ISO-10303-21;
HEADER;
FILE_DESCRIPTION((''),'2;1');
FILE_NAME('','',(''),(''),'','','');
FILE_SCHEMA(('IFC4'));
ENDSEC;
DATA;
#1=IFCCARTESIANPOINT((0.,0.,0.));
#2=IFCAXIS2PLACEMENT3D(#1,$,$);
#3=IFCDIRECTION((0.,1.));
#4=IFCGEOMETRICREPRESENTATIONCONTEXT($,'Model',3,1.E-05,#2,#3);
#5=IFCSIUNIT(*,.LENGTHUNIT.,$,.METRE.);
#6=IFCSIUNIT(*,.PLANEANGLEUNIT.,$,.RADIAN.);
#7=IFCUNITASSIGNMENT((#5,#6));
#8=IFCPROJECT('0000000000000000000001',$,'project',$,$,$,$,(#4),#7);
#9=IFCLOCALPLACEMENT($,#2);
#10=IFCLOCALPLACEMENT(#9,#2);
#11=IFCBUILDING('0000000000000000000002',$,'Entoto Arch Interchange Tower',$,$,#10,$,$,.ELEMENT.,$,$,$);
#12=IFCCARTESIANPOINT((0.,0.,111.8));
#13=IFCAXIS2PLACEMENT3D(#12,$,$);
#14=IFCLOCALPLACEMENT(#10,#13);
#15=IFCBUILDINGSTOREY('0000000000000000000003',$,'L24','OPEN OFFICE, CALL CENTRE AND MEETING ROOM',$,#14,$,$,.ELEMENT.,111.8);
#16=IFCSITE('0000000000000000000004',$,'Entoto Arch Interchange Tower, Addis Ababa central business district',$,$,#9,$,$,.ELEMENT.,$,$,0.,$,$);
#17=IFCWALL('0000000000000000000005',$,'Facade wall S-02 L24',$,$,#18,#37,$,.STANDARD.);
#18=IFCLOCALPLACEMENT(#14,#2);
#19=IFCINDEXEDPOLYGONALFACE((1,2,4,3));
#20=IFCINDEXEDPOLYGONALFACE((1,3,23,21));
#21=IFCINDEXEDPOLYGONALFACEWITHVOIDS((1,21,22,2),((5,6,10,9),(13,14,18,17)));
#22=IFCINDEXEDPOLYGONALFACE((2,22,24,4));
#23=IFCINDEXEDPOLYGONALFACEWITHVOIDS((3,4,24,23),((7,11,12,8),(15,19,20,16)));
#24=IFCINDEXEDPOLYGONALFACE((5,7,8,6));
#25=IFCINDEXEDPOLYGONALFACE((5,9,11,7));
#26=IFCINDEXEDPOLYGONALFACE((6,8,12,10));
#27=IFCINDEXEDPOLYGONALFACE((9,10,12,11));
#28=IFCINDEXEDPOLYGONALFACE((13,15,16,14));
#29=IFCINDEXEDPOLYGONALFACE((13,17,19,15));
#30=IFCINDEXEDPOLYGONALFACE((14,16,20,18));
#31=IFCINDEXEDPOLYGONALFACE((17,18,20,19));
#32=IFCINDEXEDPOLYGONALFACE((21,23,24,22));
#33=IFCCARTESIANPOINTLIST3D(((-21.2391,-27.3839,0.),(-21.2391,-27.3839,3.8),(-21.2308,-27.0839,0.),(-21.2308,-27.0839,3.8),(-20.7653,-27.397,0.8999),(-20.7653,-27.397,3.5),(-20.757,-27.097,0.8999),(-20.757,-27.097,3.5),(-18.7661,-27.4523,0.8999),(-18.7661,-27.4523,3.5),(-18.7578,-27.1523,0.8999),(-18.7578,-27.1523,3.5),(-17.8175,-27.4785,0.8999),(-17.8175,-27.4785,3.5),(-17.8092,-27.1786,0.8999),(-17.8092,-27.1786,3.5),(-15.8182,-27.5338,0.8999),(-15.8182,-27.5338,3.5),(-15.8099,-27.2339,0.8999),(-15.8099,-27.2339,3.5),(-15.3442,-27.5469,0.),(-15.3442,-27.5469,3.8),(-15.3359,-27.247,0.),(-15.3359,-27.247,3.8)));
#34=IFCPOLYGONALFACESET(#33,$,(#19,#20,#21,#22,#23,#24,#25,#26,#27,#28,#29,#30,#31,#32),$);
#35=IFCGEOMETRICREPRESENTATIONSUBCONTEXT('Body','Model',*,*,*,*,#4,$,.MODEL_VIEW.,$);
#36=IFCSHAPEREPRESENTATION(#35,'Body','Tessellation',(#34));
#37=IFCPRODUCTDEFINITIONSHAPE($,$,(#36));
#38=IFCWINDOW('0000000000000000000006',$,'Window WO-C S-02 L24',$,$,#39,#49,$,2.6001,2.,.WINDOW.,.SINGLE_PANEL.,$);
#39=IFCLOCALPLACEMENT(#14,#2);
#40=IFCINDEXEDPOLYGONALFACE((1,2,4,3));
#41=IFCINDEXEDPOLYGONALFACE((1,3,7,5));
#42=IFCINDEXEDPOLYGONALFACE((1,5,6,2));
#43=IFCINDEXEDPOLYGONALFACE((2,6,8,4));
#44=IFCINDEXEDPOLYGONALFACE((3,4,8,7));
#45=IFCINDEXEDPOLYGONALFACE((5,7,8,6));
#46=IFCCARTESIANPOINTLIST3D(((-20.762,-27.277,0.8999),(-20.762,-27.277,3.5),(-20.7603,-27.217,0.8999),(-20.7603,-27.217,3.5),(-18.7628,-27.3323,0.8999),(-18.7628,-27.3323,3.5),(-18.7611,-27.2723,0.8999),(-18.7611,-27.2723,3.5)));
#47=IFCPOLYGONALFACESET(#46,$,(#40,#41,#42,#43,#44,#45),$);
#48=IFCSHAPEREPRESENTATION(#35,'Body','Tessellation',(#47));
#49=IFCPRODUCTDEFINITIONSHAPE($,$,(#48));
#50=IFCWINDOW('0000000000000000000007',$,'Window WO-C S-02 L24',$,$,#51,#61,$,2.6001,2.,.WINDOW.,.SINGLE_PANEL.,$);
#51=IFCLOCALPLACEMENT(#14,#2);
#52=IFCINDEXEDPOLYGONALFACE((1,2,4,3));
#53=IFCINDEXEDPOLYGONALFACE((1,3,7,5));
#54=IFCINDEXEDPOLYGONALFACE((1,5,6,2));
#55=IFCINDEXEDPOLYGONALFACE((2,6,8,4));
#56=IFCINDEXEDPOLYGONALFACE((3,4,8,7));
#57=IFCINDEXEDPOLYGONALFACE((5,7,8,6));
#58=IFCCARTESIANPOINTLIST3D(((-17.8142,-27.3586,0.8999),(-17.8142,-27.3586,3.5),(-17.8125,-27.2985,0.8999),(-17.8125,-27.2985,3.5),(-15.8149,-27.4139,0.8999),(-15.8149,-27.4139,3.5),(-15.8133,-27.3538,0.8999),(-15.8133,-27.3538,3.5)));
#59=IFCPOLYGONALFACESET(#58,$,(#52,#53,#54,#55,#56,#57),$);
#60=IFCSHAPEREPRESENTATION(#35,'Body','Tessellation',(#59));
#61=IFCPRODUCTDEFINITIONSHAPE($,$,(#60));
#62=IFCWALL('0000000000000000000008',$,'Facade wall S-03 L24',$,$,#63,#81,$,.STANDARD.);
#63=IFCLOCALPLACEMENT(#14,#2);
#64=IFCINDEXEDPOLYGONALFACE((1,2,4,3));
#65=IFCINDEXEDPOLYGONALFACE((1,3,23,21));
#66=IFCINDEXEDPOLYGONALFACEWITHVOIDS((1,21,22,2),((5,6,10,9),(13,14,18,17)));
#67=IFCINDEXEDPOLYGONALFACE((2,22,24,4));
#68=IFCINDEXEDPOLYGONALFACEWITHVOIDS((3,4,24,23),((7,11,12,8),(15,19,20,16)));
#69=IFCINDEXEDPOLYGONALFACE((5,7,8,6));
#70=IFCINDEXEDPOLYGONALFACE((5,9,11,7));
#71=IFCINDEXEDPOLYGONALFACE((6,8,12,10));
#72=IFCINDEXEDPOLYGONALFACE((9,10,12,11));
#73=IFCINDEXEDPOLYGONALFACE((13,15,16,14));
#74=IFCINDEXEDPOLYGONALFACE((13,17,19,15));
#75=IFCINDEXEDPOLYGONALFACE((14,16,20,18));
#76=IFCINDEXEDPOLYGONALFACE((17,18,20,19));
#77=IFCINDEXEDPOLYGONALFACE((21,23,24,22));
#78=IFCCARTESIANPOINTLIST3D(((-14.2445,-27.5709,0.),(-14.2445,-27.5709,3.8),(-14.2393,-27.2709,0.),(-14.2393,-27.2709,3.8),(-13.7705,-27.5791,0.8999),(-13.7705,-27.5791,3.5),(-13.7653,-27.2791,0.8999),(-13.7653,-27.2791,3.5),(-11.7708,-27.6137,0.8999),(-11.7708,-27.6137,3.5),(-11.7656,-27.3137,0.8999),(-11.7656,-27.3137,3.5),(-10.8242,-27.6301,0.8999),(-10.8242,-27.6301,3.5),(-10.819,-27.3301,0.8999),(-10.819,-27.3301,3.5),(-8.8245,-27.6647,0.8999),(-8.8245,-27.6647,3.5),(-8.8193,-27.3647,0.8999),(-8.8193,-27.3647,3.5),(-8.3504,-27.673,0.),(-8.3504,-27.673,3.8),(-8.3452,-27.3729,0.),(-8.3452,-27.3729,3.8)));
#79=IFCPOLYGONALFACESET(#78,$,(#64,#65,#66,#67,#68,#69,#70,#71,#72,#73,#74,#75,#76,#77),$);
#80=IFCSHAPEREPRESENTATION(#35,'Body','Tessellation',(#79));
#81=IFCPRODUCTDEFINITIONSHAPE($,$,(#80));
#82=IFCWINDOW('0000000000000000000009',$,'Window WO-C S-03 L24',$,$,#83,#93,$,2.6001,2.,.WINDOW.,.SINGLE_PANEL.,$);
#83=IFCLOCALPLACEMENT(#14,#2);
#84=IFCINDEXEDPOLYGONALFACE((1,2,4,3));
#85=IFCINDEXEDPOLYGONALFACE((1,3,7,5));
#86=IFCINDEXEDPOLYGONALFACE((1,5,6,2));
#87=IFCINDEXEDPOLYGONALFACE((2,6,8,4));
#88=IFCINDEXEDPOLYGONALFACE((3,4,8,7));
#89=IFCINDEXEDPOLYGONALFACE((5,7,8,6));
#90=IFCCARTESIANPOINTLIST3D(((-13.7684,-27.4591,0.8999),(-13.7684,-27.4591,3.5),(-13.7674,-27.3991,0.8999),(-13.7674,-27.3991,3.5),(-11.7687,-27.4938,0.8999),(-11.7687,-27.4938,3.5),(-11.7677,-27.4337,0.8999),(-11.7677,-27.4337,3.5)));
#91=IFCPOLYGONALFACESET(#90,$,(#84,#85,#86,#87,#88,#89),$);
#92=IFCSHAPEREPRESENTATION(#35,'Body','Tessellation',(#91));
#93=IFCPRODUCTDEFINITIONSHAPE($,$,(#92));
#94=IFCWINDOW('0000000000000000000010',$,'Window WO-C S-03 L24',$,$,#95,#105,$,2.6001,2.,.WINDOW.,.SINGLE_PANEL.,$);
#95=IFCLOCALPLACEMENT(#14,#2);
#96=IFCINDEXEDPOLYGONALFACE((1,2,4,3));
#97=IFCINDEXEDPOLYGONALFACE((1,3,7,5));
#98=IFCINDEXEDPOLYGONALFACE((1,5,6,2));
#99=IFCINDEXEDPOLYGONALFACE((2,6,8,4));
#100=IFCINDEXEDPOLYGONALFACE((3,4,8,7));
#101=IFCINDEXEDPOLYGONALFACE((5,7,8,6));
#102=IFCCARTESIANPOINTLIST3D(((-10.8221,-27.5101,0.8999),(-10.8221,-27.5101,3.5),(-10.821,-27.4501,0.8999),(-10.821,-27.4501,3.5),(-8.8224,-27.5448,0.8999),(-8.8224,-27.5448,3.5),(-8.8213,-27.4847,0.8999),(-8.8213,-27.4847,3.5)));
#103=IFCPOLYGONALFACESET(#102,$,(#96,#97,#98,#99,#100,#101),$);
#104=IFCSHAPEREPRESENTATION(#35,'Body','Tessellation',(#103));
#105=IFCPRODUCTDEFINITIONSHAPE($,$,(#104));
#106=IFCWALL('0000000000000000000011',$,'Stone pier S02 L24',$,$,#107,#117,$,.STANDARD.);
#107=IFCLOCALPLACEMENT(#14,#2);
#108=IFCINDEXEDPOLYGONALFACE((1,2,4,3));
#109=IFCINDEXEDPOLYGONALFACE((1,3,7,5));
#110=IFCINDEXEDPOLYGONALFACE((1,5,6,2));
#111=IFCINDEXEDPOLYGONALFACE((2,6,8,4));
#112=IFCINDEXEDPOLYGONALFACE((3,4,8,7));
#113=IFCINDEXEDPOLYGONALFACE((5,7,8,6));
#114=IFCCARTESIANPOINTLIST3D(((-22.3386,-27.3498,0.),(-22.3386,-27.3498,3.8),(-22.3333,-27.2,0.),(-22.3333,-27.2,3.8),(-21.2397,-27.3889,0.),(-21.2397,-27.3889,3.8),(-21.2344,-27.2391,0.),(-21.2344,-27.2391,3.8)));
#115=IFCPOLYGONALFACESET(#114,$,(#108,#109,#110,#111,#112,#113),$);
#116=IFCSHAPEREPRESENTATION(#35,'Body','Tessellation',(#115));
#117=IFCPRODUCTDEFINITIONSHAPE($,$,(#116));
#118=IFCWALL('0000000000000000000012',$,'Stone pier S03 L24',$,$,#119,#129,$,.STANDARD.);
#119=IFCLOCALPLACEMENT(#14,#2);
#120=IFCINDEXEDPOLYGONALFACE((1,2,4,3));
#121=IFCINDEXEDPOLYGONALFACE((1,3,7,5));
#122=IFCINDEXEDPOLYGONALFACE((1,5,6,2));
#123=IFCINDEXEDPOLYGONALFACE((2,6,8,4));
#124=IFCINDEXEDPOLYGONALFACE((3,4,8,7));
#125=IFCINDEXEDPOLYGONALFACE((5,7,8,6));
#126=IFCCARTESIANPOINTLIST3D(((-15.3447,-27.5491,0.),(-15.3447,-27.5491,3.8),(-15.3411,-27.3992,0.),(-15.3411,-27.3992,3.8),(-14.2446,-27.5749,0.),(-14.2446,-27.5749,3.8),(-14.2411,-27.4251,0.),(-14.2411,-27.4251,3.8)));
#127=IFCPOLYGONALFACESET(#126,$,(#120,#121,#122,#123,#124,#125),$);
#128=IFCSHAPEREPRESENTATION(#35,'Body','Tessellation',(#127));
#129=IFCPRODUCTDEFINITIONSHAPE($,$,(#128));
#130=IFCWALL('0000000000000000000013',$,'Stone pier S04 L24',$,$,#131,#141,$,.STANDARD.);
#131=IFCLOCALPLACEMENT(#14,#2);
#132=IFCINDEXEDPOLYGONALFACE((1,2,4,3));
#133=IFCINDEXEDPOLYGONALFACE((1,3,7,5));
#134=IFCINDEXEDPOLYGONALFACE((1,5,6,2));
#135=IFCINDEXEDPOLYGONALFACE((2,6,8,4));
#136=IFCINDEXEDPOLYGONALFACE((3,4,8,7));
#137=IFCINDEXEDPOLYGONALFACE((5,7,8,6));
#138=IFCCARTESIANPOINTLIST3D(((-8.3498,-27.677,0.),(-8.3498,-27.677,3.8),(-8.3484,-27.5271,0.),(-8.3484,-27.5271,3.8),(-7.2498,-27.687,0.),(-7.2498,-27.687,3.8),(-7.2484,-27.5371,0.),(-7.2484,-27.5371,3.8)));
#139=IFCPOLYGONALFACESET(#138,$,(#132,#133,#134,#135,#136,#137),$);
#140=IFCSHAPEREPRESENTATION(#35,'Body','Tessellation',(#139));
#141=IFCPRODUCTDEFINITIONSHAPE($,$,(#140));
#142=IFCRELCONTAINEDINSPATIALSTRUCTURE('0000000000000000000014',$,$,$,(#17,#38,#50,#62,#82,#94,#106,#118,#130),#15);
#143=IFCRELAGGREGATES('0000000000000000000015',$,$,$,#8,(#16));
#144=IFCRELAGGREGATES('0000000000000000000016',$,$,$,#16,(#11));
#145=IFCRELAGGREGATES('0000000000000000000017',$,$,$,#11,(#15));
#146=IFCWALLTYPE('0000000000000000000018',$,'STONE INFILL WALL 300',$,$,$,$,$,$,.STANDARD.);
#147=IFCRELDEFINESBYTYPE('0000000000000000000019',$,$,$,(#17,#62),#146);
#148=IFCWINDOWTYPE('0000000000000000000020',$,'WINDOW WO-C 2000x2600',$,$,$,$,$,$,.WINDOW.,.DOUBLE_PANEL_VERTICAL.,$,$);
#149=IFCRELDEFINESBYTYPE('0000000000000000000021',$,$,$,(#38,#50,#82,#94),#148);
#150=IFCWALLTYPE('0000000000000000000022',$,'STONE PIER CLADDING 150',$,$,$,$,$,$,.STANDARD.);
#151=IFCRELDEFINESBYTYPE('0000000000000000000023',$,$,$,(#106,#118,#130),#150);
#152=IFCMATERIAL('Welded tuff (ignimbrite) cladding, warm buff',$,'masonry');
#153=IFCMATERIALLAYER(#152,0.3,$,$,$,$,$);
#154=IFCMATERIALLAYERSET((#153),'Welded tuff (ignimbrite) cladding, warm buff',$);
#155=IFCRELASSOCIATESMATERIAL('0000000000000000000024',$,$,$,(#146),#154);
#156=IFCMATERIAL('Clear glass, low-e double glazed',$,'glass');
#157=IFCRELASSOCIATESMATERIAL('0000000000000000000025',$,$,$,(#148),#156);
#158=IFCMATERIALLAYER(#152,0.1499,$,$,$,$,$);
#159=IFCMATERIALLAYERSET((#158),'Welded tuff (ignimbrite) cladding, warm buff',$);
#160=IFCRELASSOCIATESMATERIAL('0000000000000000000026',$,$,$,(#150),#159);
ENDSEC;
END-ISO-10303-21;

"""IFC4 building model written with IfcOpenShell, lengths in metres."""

from ifc_helpers import new_model, si_unit, direction, frame, frame_2d, origin, place, context, subcontext, project, spatial, rectangle, extrude, material, layer, layer_set, type_object, element, fill, save


model = new_model("IFC4")

# Units and contexts
model_context = context("Model", 3, precision=1e-05, world=origin(), true_north=direction((0.0, 1.0)))
body_context = subcontext(model_context, "Body", "Model", "MODEL_VIEW")
ifc_project = project(units=[si_unit("LENGTHUNIT", "METRE"), si_unit("PLANEANGLEUNIT", "RADIAN")], contexts=[model_context])

# Site, building, storey
site_placement = place(None, origin())
site = spatial("IfcSite", under=ifc_project, at=site_placement, Name="Entoto Arch Interchange Tower, Addis Ababa central business district", CompositionType="ELEMENT", RefElevation=0.0)
building_placement = place(site_placement, origin())
building = spatial("IfcBuilding", under=site, at=building_placement, Name="Entoto Arch Interchange Tower", CompositionType="ELEMENT")
storey_placement = place(building_placement, frame((0.0, 0.0, 111.8)))
storey = spatial("IfcBuildingStorey", under=building, at=storey_placement, Name="L24", Description="OPEN OFFICE, CALL CENTRE AND MEETING ROOM", CompositionType="ELEMENT", Elevation=111.8)

# Walls, openings, windows
ifc_material_1 = material(Name="Welded tuff (ignimbrite) cladding, warm buff", Category="masonry")
ifc_layer_1 = layer(ifc_material_1, 0.3)
ifc_layer_set_1 = layer_set([ifc_layer_1], Name="Welded tuff (ignimbrite) cladding, warm buff")
wall_type_1 = type_object("IfcWallType", Name="STONE INFILL WALL 300", PredefinedType="STANDARD", material=ifc_layer_set_1)
wall_1_placement = place(storey_placement, frame((-21.2351, -27.2339, 0.0), z_axis=(0.0, 0.0, 1.0), x_axis=(0.999618, -0.027654, 0.0)))
wall_1 = element("IfcWall", 1, at=wall_1_placement, inside=storey, type_object=wall_type_1, Name="Facade wall S-02 L24", PredefinedType="STANDARD", context=body_context, shape_type="SweptSolid", body=[
    extrude(rectangle(XDim=5.8972, YDim=0.3, at=frame_2d((2.9487, 0.0))), origin(), (0.0, 0.0, 1.0), 3.8),
])
opening_1_placement = place(wall_1_placement, frame((0.4741, 0.0, 0.8999)))
opening_1 = element("IfcOpeningElement", 2, at=opening_1_placement, cuts=wall_1, PredefinedType="OPENING", context=body_context, shape_type="SweptSolid", body=[
    extrude(rectangle(XDim=2.0, YDim=2.6001, at=frame_2d((1.0, 1.3))), frame((0.0, 0.1602, 0.0), z_axis=(0.0, -1.0, 0.0), x_axis=(1.0, 0.0, 0.0)), (0.0, 0.0, 1.0), 0.3201),
])
opening_2_placement = place(wall_1_placement, frame((3.4231, 0.0, 0.8999)))
opening_2 = element("IfcOpeningElement", 3, at=opening_2_placement, cuts=wall_1, PredefinedType="OPENING", context=body_context, shape_type="SweptSolid", body=[
    extrude(rectangle(XDim=2.0, YDim=2.6001, at=frame_2d((1.0, 1.3))), frame((0.0, 0.1602, 0.0), z_axis=(0.0, -1.0, 0.0), x_axis=(1.0, 0.0, 0.0)), (0.0, 0.0, 1.0), 0.3201),
])
ifc_material_2 = material(Name="Clear glass, low-e double glazed", Category="glass")
window_type = type_object("IfcWindowType", Name="WINDOW WO-C 2000x2600", PartitioningType="DOUBLE_PANEL_VERTICAL", PredefinedType="WINDOW", material=ifc_material_2)
window_1_placement = place(opening_1_placement, origin())
window_1 = element("IfcWindow", 4, at=window_1_placement, inside=storey, type_object=window_type, Name="Window WO-C S-02 L24", OverallHeight=2.6001, OverallWidth=2.0, PartitioningType="SINGLE_PANEL", PredefinedType="WINDOW", context=body_context, shape_type="SweptSolid", body=[
    extrude(rectangle(XDim=2.0, YDim=2.6001, at=frame_2d((1.0, 1.3))), frame((0.0, 0.03, 0.0), z_axis=(0.0, -1.0, 0.0), x_axis=(1.0, 0.0, 0.0)), (0.0, 0.0, 1.0), 0.0601),
])
fill(opening_1, window_1)
window_2_placement = place(opening_2_placement, origin())
window_2 = element("IfcWindow", 5, at=window_2_placement, inside=storey, type_object=window_type, Name="Window WO-C S-02 L24", OverallHeight=2.6001, OverallWidth=2.0, PartitioningType="SINGLE_PANEL", PredefinedType="WINDOW", context=body_context, shape_type="SweptSolid", body=[
    extrude(rectangle(XDim=2.0, YDim=2.6001, at=frame_2d((1.0, 1.3))), frame((0.0, 0.03, 0.0), z_axis=(0.0, -1.0, 0.0), x_axis=(1.0, 0.0, 0.0)), (0.0, 0.0, 1.0), 0.0601),
])
fill(opening_2, window_2)
wall_2_placement = place(storey_placement, frame((-14.2419, -27.4209, 0.0), z_axis=(0.0, 0.0, 1.0), x_axis=(0.99985, -0.017312, 0.0)))
wall_2 = element("IfcWall", 6, at=wall_2_placement, inside=storey, type_object=wall_type_1, Name="Facade wall S-03 L24", PredefinedType="STANDARD", context=body_context, shape_type="SweptSolid", body=[
    extrude(rectangle(XDim=5.895, YDim=0.3, at=frame_2d((2.9475, 0.0))), origin(), (0.0, 0.0, 1.0), 3.8),
])
opening_3_placement = place(wall_2_placement, frame((0.4741, 0.0, 0.8999)))
opening_3 = element("IfcOpeningElement", 7, at=opening_3_placement, cuts=wall_2, PredefinedType="OPENING", context=body_context, shape_type="SweptSolid", body=[
    extrude(rectangle(XDim=2.0, YDim=2.6001, at=frame_2d((1.0, 1.3))), frame((0.0, 0.1602, 0.0), z_axis=(0.0, -1.0, 0.0), x_axis=(1.0, 0.0, 0.0)), (0.0, 0.0, 1.0), 0.3201),
])
opening_4_placement = place(wall_2_placement, frame((3.4209, 0.0, 0.8999)))
opening_4 = element("IfcOpeningElement", 8, at=opening_4_placement, cuts=wall_2, PredefinedType="OPENING", context=body_context, shape_type="SweptSolid", body=[
    extrude(rectangle(XDim=2.0, YDim=2.6001, at=frame_2d((1.0, 1.3))), frame((0.0, 0.1602, 0.0), z_axis=(0.0, -1.0, 0.0), x_axis=(1.0, 0.0, 0.0)), (0.0, 0.0, 1.0), 0.3201),
])
window_3_placement = place(opening_3_placement, origin())
window_3 = element("IfcWindow", 9, at=window_3_placement, inside=storey, type_object=window_type, Name="Window WO-C S-03 L24", OverallHeight=2.6001, OverallWidth=2.0, PartitioningType="SINGLE_PANEL", PredefinedType="WINDOW", context=body_context, shape_type="SweptSolid", body=[
    extrude(rectangle(XDim=2.0, YDim=2.6001, at=frame_2d((1.0, 1.3))), frame((0.0, 0.03, 0.0), z_axis=(0.0, -1.0, 0.0), x_axis=(1.0, 0.0, 0.0)), (0.0, 0.0, 1.0), 0.0601),
])
fill(opening_3, window_3)
window_4_placement = place(opening_4_placement, origin())
window_4 = element("IfcWindow", 10, at=window_4_placement, inside=storey, type_object=window_type, Name="Window WO-C S-03 L24", OverallHeight=2.6001, OverallWidth=2.0, PartitioningType="SINGLE_PANEL", PredefinedType="WINDOW", context=body_context, shape_type="SweptSolid", body=[
    extrude(rectangle(XDim=2.0, YDim=2.6001, at=frame_2d((1.0, 1.3))), frame((0.0, 0.03, 0.0), z_axis=(0.0, -1.0, 0.0), x_axis=(1.0, 0.0, 0.0)), (0.0, 0.0, 1.0), 0.0601),
])
fill(opening_4, window_4)

# Walls
ifc_layer_2 = layer(ifc_material_1, 0.1499)
ifc_layer_set_2 = layer_set([ifc_layer_2], Name="Welded tuff (ignimbrite) cladding, warm buff")
wall_type_2 = type_object("IfcWallType", Name="STONE PIER CLADDING 150", PredefinedType="STANDARD", material=ifc_layer_set_2)
wall_3_placement = place(storey_placement, frame((-22.3359, -27.2749, 0.0), z_axis=(0.0, 0.0, 1.0), x_axis=(0.999369, -0.035525, 0.0)))
element("IfcWall", 11, at=wall_3_placement, inside=storey, type_object=wall_type_2, Name="Stone pier S02 L24", PredefinedType="STANDARD", context=body_context, shape_type="SweptSolid", body=[
    extrude(rectangle(XDim=1.0996, YDim=0.1499, at=frame_2d((0.5498, 0.0))), origin(), (0.0, 0.0, 1.0), 3.8),
])
wall_4_placement = place(storey_placement, frame((-15.343, -27.4741, 0.0), z_axis=(0.0, 0.0, 1.0), x_axis=(0.999723, -0.023518, 0.0)))
element("IfcWall", 12, at=wall_4_placement, inside=storey, type_object=wall_type_2, Name="Stone pier S03 L24", PredefinedType="STANDARD", context=body_context, shape_type="SweptSolid", body=[
    extrude(rectangle(XDim=1.1003, YDim=0.1499, at=frame_2d((0.5503, 0.0))), origin(), (0.0, 0.0, 1.0), 3.8),
])
wall_5_placement = place(storey_placement, frame((-8.3491, -27.6021, 0.0), z_axis=(0.0, 0.0, 1.0), x_axis=(0.999959, -0.009099, 0.0)))
element("IfcWall", 13, at=wall_5_placement, inside=storey, type_object=wall_type_2, Name="Stone pier S04 L24", PredefinedType="STANDARD", context=body_context, shape_type="SweptSolid", body=[
    extrude(rectangle(XDim=1.1001, YDim=0.1499, at=frame_2d((0.55, 0.0))), origin(), (0.0, 0.0, 1.0), 3.8),
])

save(model, "model.ifc")
